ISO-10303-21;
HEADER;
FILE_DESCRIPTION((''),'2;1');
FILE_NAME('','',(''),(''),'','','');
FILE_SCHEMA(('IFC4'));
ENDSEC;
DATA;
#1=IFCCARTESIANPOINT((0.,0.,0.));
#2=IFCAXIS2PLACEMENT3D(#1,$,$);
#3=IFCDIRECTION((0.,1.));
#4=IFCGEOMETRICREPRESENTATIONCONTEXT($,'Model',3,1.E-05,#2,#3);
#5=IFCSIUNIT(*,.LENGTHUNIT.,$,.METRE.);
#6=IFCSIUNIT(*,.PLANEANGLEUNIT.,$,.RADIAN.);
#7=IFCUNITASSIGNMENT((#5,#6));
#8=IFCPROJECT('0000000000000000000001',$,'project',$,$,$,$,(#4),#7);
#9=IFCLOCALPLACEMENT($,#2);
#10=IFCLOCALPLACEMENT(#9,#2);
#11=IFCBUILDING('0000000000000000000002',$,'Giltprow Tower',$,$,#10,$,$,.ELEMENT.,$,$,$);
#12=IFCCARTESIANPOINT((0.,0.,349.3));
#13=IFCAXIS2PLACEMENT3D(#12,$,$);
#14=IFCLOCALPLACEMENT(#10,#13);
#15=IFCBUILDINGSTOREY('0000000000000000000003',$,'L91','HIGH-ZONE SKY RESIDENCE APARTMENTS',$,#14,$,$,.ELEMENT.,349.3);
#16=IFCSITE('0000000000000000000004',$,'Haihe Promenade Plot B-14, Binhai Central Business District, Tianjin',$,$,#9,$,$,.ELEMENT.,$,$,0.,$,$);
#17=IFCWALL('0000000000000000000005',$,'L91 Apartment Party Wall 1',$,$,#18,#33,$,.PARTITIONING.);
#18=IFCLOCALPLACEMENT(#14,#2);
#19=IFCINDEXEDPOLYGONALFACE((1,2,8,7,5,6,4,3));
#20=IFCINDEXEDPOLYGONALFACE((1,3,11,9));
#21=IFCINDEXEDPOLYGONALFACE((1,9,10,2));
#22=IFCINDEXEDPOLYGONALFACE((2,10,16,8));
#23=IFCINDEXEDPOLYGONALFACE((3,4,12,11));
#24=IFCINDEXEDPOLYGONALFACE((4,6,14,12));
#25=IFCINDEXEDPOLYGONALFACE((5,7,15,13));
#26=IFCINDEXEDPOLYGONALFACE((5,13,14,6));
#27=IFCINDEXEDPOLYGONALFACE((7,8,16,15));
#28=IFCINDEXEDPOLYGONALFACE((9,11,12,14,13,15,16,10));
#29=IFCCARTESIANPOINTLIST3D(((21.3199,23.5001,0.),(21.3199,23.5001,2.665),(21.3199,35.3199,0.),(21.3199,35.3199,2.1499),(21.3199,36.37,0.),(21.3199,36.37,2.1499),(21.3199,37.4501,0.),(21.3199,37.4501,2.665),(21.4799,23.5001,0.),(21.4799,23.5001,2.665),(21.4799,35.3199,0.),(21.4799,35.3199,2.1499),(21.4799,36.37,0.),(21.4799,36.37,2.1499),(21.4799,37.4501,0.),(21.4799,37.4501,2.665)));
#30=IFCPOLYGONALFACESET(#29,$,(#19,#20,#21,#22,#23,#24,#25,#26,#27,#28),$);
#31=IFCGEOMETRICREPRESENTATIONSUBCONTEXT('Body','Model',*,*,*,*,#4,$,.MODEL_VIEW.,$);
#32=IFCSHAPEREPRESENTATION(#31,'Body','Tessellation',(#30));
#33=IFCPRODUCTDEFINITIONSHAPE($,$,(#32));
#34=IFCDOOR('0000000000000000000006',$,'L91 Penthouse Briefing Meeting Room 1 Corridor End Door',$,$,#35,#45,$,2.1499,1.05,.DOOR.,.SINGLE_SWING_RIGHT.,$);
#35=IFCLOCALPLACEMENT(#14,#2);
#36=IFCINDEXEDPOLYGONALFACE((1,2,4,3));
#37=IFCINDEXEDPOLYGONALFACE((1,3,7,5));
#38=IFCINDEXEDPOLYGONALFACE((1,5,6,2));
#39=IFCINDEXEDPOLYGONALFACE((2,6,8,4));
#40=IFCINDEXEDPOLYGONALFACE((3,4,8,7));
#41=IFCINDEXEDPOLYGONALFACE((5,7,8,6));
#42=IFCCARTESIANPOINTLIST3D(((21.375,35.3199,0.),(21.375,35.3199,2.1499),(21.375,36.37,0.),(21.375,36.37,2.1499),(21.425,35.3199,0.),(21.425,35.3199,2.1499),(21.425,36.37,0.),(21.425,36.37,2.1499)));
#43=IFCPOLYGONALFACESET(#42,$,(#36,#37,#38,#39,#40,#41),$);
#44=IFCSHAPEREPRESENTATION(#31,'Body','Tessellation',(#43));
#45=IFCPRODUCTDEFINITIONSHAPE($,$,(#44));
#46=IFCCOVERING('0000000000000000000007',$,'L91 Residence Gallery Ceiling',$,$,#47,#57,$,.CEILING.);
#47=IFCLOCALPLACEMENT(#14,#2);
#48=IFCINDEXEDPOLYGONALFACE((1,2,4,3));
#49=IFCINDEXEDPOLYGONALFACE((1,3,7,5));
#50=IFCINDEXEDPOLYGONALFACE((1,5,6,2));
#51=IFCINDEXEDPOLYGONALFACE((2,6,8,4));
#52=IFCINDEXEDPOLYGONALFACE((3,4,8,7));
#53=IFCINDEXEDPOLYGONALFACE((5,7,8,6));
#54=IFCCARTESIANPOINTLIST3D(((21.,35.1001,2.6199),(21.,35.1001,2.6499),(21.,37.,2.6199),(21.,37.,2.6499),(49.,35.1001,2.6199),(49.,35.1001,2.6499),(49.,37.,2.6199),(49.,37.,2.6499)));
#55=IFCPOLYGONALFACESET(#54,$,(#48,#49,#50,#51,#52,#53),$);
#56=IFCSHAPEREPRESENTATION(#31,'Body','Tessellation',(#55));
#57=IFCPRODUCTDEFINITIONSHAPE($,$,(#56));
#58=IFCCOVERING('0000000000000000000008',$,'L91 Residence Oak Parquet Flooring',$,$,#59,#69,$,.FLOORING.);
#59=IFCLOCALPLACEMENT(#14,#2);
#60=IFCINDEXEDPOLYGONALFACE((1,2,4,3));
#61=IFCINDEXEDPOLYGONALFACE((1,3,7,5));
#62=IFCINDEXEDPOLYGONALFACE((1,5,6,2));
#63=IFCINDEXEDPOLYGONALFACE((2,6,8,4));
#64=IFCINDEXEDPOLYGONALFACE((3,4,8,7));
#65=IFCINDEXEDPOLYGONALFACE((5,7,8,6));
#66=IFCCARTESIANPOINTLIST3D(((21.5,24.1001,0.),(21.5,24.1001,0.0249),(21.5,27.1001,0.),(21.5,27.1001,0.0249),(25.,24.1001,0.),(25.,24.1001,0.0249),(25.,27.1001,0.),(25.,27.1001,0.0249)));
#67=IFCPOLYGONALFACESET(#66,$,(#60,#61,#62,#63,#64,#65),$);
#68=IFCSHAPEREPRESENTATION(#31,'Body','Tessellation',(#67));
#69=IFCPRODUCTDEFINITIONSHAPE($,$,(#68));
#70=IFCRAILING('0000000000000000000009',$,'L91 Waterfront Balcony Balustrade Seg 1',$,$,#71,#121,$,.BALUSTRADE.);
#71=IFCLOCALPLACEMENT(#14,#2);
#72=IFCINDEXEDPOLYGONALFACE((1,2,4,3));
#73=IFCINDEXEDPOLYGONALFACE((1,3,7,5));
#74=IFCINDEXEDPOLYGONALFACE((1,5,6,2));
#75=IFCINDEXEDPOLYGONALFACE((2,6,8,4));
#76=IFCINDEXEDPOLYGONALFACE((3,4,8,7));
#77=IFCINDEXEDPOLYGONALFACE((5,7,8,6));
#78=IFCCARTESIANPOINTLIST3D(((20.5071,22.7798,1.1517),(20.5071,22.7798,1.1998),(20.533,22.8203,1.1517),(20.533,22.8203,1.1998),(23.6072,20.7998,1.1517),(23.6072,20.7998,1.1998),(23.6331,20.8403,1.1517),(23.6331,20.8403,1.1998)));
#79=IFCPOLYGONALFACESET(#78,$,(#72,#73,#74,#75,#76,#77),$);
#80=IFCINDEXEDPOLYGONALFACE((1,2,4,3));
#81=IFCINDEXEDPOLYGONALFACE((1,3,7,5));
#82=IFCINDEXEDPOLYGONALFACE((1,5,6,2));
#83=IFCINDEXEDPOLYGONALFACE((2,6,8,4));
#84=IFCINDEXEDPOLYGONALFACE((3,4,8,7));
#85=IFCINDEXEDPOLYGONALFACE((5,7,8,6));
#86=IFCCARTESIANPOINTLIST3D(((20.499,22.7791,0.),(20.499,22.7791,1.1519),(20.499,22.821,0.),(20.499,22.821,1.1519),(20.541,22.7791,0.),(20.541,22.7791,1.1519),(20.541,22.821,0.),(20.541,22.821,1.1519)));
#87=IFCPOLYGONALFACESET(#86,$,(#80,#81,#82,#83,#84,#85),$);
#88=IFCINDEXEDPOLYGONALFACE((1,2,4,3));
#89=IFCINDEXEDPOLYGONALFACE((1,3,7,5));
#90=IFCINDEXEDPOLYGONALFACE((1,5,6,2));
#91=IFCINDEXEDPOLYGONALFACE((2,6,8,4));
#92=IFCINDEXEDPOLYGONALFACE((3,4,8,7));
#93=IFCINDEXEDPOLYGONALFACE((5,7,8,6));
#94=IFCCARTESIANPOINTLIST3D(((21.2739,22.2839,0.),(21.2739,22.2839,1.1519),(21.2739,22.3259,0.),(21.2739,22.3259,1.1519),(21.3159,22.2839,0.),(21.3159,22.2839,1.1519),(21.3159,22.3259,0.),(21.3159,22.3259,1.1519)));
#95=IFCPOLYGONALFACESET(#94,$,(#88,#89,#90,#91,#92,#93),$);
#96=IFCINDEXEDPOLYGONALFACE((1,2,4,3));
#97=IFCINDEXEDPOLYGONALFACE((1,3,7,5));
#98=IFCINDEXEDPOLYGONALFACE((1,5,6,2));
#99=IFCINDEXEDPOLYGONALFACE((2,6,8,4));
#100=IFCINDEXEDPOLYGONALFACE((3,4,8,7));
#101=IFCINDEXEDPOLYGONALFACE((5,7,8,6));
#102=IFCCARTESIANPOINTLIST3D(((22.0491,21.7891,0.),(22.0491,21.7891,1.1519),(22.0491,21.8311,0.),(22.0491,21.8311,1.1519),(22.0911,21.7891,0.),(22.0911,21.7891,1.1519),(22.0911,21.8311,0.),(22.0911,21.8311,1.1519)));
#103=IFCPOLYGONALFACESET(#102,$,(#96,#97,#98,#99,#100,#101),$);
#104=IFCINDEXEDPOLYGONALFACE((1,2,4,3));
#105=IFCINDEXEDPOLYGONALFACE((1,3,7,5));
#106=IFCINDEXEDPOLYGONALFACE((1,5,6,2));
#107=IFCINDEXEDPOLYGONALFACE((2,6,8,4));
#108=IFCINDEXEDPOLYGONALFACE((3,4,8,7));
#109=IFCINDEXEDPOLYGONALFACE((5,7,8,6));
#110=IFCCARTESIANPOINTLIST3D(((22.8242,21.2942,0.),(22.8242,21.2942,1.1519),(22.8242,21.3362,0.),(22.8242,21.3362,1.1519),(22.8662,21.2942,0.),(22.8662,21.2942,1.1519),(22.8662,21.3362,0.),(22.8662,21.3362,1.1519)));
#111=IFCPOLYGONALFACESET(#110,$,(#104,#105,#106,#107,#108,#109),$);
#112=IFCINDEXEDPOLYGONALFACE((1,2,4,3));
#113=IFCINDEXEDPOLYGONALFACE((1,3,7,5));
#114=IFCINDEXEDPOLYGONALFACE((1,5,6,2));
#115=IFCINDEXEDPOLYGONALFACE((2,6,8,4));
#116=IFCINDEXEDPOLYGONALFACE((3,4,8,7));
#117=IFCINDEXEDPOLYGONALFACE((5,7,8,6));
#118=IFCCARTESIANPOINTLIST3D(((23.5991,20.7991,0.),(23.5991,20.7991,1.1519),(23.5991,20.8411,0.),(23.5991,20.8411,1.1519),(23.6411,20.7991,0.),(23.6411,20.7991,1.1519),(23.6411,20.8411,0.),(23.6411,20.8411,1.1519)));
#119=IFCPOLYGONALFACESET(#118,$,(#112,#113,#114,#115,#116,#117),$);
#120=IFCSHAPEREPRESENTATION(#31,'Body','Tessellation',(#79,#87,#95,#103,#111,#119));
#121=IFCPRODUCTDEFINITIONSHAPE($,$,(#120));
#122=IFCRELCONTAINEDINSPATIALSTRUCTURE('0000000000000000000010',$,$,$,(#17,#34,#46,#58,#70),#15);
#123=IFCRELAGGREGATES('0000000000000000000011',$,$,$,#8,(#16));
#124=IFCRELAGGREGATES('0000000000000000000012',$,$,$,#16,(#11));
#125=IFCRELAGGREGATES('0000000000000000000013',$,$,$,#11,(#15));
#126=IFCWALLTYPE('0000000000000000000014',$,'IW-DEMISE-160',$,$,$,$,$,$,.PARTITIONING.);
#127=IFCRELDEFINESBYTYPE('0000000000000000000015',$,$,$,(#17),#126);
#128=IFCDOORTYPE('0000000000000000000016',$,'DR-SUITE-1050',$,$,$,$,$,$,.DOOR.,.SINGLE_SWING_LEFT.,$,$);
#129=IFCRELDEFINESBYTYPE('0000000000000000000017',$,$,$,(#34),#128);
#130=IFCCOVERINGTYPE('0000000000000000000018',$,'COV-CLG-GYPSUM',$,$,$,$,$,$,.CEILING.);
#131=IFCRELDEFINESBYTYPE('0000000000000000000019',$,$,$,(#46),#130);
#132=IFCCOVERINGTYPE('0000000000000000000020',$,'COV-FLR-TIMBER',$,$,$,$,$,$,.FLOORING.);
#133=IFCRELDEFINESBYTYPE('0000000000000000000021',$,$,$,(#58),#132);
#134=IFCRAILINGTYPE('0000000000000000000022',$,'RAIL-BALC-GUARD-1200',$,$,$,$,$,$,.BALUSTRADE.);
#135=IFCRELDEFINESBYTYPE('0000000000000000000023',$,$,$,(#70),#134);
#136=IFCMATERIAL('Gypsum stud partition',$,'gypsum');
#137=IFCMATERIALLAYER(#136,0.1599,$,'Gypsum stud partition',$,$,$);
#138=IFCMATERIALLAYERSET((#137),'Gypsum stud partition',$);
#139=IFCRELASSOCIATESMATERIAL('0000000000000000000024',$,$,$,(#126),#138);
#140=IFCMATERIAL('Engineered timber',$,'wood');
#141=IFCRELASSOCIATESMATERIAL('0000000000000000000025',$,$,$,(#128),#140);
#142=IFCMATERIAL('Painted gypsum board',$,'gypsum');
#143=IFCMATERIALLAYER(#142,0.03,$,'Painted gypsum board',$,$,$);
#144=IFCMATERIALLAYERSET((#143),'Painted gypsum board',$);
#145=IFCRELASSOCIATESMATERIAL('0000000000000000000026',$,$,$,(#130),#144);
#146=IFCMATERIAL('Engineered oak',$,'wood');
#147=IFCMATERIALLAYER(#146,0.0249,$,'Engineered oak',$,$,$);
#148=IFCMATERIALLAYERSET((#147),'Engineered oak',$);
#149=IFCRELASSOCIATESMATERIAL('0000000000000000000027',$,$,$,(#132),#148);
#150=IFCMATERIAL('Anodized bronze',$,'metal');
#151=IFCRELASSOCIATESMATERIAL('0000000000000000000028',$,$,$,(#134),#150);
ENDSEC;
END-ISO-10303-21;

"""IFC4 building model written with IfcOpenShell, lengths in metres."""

from ifc_helpers import new_model, si_unit, direction, frame, frame_2d, origin, origin_2d, place, context, subcontext, project, spatial, polyline, rectangle, outline, extrude, source, transform, mapped, material, layer, layer_set, type_object, element, fill, save


model = new_model("IFC4")

# Units and contexts
model_context = context("Model", 3, precision=1e-05, world=origin(), true_north=direction((0.0, 1.0)))
body_context = subcontext(model_context, "Body", "Model", "MODEL_VIEW")
ifc_project = project(units=[si_unit("LENGTHUNIT", "METRE"), si_unit("PLANEANGLEUNIT", "RADIAN")], contexts=[model_context])

# Site, building, storey
site_placement = place(None, origin())
site = spatial("IfcSite", under=ifc_project, at=site_placement, Name="Haihe Promenade Plot B-14, Binhai Central Business District, Tianjin", CompositionType="ELEMENT", RefElevation=0.0)
building_placement = place(site_placement, origin())
building = spatial("IfcBuilding", under=site, at=building_placement, Name="Giltprow Tower", CompositionType="ELEMENT")
storey_placement = place(building_placement, frame((0.0, 0.0, 349.3)))
storey = spatial("IfcBuildingStorey", under=building, at=storey_placement, Name="L91", Description="HIGH-ZONE SKY RESIDENCE APARTMENTS", CompositionType="ELEMENT", Elevation=349.3)

# Shared definitions
ifc_material_1 = material(Name="Anodized bronze", Category="metal")

# Wall, opening, door
ifc_material_2 = material(Name="Gypsum stud partition", Category="gypsum")
ifc_layer_1 = layer(ifc_material_2, 0.1599, Name="Gypsum stud partition")
ifc_layer_set_1 = layer_set([ifc_layer_1], Name="Gypsum stud partition")
wall_type_1 = type_object("IfcWallType", Name="IW-DEMISE-160", PredefinedType="PARTITIONING", material=ifc_layer_set_1)
wall_1_placement = place(storey_placement, frame((21.3999, 23.5, 0.0), z_axis=(0.0, 0.0, 1.0), x_axis=(0.0, 1.0, 0.0)))
wall_1 = element("IfcWall", 1, at=wall_1_placement, inside=storey, type_object=wall_type_1, Name="L91 Apartment Party Wall 1", PredefinedType="PARTITIONING", context=body_context, shape_type="SweptSolid", body=[
    extrude(rectangle(XDim=13.95, YDim=0.1599, at=frame_2d((6.9751, 0.0))), origin(), (0.0, 0.0, 1.0), 2.665),
])
opening_1_placement = place(wall_1_placement, frame((11.8201, 0.0, 0.0)))
opening_1 = element("IfcOpeningElement", 2, at=opening_1_placement, cuts=wall_1, PredefinedType="OPENING", context=body_context, shape_type="SweptSolid", body=[
    extrude(rectangle(XDim=1.05, YDim=2.1499, at=frame_2d((0.5249, 1.075))), frame((0.0, 0.0898, 0.0), z_axis=(0.0, -1.0, 0.0), x_axis=(1.0, 0.0, 0.0)), (0.0, 0.0, 1.0), 0.1799),
])
ifc_material_3 = material(Name="Engineered timber", Category="wood")
door_type_1 = type_object("IfcDoorType", Name="DR-SUITE-1050", OperationType="SINGLE_SWING_LEFT", PredefinedType="DOOR", material=ifc_material_3)
shared_shape_1 = source(origin(), body_context, "Body", "SweptSolid", [
    extrude(rectangle(XDim=1.05, YDim=2.1499, at=frame_2d((0.5249, 1.075))), frame((0.0, 0.0249, 0.0), z_axis=(0.0, -1.0, 0.0), x_axis=(1.0, 0.0, 0.0)), (0.0, 0.0, 1.0), 0.05),
])
door_1_placement = place(opening_1_placement, origin())
door_1 = element("IfcDoor", 3, at=door_1_placement, inside=storey, type_object=door_type_1, Name="L91 Penthouse Briefing Meeting Room 1 Corridor End Door", OperationType="SINGLE_SWING_RIGHT", OverallHeight=2.1499, OverallWidth=1.05, PredefinedType="DOOR", context=body_context, shape_type="MappedRepresentation", body=[
    mapped(shared_shape_1, transform((0.0, 0.0, 0.0), x_axis=(1.0, 0.0, 0.0), y_axis=(0.0, 1.0, 0.0), z_axis=(0.0, 0.0, 1.0), scale=1.0)),
])
fill(opening_1, door_1)

# Coverings
ifc_material_4 = material(Name="Painted gypsum board", Category="gypsum")
ifc_layer_2 = layer(ifc_material_4, 0.03, Name="Painted gypsum board")
ifc_layer_set_2 = layer_set([ifc_layer_2], Name="Painted gypsum board")
covering_type_1 = type_object("IfcCoveringType", Name="COV-CLG-GYPSUM", PredefinedType="CEILING", material=ifc_layer_set_2)
covering_1_placement = place(storey_placement, frame((0.0, 0.0, 2.6199)))
element("IfcCovering", 4, at=covering_1_placement, inside=storey, type_object=covering_type_1, Name="L91 Residence Gallery Ceiling", PredefinedType="CEILING", context=body_context, shape_type="SweptSolid", body=[
    extrude(outline(polyline([(21.0, 35.1001), (49.0, 35.1001), (49.0, 37.0), (21.0, 37.0), (21.0, 35.1001)])), origin(), (0.0, 0.0, 1.0), 0.03),
])
ifc_material_5 = material(Name="Engineered oak", Category="wood")
ifc_layer_3 = layer(ifc_material_5, 0.0249, Name="Engineered oak")
ifc_layer_set_3 = layer_set([ifc_layer_3], Name="Engineered oak")
covering_type_2 = type_object("IfcCoveringType", Name="COV-FLR-TIMBER", PredefinedType="FLOORING", material=ifc_layer_set_3)
covering_2_placement = place(storey_placement, origin())
element("IfcCovering", 5, at=covering_2_placement, inside=storey, type_object=covering_type_2, Name="L91 Residence Oak Parquet Flooring", PredefinedType="FLOORING", context=body_context, shape_type="SweptSolid", body=[
    extrude(outline(polyline([(21.5, 24.1001), (25.0, 24.1001), (25.0, 27.1001), (21.5, 27.1001), (21.5, 24.1001)])), origin(), (0.0, 0.0, 1.0), 0.0249),
])

# Railing
railing_type = type_object("IfcRailingType", Name="RAIL-BALC-GUARD-1200", PredefinedType="BALUSTRADE", material=ifc_material_1)
railing_1_placement = place(storey_placement, frame((20.52, 22.8, 0.0)))
element("IfcRailing", 6, at=railing_1_placement, inside=storey, type_object=railing_type, Name="L91 Waterfront Balcony Balustrade Seg 1", PredefinedType="BALUSTRADE", context=body_context, shape_type="SweptSolid", body=[
    extrude(rectangle(XDim=0.0481, YDim=0.0481, at=origin_2d()), frame((0.0, 0.0, 1.1758), z_axis=(0.842775, -0.538266, 0.0), x_axis=(0.538266, 0.842775, 0.0)), (0.0, 0.0, 1.0), 3.6785),
    extrude(rectangle(XDim=0.042, YDim=0.042, at=origin_2d()), origin(), (0.0, 0.0, 1.0), 1.1519),
    extrude(rectangle(XDim=0.042, YDim=0.042, at=origin_2d()), frame((0.7749, -0.4951, 0.0)), (0.0, 0.0, 1.0), 1.1519),
    extrude(rectangle(XDim=0.042, YDim=0.042, at=origin_2d()), frame((1.55, -0.99, 0.0)), (0.0, 0.0, 1.0), 1.1519),
    extrude(rectangle(XDim=0.042, YDim=0.042, at=origin_2d()), frame((2.3252, -1.4849, 0.0)), (0.0, 0.0, 1.0), 1.1519),
    extrude(rectangle(XDim=0.042, YDim=0.042, at=origin_2d()), frame((3.1001, -1.98, 0.0)), (0.0, 0.0, 1.0), 1.1519),
])

save(model, "model.ifc")
